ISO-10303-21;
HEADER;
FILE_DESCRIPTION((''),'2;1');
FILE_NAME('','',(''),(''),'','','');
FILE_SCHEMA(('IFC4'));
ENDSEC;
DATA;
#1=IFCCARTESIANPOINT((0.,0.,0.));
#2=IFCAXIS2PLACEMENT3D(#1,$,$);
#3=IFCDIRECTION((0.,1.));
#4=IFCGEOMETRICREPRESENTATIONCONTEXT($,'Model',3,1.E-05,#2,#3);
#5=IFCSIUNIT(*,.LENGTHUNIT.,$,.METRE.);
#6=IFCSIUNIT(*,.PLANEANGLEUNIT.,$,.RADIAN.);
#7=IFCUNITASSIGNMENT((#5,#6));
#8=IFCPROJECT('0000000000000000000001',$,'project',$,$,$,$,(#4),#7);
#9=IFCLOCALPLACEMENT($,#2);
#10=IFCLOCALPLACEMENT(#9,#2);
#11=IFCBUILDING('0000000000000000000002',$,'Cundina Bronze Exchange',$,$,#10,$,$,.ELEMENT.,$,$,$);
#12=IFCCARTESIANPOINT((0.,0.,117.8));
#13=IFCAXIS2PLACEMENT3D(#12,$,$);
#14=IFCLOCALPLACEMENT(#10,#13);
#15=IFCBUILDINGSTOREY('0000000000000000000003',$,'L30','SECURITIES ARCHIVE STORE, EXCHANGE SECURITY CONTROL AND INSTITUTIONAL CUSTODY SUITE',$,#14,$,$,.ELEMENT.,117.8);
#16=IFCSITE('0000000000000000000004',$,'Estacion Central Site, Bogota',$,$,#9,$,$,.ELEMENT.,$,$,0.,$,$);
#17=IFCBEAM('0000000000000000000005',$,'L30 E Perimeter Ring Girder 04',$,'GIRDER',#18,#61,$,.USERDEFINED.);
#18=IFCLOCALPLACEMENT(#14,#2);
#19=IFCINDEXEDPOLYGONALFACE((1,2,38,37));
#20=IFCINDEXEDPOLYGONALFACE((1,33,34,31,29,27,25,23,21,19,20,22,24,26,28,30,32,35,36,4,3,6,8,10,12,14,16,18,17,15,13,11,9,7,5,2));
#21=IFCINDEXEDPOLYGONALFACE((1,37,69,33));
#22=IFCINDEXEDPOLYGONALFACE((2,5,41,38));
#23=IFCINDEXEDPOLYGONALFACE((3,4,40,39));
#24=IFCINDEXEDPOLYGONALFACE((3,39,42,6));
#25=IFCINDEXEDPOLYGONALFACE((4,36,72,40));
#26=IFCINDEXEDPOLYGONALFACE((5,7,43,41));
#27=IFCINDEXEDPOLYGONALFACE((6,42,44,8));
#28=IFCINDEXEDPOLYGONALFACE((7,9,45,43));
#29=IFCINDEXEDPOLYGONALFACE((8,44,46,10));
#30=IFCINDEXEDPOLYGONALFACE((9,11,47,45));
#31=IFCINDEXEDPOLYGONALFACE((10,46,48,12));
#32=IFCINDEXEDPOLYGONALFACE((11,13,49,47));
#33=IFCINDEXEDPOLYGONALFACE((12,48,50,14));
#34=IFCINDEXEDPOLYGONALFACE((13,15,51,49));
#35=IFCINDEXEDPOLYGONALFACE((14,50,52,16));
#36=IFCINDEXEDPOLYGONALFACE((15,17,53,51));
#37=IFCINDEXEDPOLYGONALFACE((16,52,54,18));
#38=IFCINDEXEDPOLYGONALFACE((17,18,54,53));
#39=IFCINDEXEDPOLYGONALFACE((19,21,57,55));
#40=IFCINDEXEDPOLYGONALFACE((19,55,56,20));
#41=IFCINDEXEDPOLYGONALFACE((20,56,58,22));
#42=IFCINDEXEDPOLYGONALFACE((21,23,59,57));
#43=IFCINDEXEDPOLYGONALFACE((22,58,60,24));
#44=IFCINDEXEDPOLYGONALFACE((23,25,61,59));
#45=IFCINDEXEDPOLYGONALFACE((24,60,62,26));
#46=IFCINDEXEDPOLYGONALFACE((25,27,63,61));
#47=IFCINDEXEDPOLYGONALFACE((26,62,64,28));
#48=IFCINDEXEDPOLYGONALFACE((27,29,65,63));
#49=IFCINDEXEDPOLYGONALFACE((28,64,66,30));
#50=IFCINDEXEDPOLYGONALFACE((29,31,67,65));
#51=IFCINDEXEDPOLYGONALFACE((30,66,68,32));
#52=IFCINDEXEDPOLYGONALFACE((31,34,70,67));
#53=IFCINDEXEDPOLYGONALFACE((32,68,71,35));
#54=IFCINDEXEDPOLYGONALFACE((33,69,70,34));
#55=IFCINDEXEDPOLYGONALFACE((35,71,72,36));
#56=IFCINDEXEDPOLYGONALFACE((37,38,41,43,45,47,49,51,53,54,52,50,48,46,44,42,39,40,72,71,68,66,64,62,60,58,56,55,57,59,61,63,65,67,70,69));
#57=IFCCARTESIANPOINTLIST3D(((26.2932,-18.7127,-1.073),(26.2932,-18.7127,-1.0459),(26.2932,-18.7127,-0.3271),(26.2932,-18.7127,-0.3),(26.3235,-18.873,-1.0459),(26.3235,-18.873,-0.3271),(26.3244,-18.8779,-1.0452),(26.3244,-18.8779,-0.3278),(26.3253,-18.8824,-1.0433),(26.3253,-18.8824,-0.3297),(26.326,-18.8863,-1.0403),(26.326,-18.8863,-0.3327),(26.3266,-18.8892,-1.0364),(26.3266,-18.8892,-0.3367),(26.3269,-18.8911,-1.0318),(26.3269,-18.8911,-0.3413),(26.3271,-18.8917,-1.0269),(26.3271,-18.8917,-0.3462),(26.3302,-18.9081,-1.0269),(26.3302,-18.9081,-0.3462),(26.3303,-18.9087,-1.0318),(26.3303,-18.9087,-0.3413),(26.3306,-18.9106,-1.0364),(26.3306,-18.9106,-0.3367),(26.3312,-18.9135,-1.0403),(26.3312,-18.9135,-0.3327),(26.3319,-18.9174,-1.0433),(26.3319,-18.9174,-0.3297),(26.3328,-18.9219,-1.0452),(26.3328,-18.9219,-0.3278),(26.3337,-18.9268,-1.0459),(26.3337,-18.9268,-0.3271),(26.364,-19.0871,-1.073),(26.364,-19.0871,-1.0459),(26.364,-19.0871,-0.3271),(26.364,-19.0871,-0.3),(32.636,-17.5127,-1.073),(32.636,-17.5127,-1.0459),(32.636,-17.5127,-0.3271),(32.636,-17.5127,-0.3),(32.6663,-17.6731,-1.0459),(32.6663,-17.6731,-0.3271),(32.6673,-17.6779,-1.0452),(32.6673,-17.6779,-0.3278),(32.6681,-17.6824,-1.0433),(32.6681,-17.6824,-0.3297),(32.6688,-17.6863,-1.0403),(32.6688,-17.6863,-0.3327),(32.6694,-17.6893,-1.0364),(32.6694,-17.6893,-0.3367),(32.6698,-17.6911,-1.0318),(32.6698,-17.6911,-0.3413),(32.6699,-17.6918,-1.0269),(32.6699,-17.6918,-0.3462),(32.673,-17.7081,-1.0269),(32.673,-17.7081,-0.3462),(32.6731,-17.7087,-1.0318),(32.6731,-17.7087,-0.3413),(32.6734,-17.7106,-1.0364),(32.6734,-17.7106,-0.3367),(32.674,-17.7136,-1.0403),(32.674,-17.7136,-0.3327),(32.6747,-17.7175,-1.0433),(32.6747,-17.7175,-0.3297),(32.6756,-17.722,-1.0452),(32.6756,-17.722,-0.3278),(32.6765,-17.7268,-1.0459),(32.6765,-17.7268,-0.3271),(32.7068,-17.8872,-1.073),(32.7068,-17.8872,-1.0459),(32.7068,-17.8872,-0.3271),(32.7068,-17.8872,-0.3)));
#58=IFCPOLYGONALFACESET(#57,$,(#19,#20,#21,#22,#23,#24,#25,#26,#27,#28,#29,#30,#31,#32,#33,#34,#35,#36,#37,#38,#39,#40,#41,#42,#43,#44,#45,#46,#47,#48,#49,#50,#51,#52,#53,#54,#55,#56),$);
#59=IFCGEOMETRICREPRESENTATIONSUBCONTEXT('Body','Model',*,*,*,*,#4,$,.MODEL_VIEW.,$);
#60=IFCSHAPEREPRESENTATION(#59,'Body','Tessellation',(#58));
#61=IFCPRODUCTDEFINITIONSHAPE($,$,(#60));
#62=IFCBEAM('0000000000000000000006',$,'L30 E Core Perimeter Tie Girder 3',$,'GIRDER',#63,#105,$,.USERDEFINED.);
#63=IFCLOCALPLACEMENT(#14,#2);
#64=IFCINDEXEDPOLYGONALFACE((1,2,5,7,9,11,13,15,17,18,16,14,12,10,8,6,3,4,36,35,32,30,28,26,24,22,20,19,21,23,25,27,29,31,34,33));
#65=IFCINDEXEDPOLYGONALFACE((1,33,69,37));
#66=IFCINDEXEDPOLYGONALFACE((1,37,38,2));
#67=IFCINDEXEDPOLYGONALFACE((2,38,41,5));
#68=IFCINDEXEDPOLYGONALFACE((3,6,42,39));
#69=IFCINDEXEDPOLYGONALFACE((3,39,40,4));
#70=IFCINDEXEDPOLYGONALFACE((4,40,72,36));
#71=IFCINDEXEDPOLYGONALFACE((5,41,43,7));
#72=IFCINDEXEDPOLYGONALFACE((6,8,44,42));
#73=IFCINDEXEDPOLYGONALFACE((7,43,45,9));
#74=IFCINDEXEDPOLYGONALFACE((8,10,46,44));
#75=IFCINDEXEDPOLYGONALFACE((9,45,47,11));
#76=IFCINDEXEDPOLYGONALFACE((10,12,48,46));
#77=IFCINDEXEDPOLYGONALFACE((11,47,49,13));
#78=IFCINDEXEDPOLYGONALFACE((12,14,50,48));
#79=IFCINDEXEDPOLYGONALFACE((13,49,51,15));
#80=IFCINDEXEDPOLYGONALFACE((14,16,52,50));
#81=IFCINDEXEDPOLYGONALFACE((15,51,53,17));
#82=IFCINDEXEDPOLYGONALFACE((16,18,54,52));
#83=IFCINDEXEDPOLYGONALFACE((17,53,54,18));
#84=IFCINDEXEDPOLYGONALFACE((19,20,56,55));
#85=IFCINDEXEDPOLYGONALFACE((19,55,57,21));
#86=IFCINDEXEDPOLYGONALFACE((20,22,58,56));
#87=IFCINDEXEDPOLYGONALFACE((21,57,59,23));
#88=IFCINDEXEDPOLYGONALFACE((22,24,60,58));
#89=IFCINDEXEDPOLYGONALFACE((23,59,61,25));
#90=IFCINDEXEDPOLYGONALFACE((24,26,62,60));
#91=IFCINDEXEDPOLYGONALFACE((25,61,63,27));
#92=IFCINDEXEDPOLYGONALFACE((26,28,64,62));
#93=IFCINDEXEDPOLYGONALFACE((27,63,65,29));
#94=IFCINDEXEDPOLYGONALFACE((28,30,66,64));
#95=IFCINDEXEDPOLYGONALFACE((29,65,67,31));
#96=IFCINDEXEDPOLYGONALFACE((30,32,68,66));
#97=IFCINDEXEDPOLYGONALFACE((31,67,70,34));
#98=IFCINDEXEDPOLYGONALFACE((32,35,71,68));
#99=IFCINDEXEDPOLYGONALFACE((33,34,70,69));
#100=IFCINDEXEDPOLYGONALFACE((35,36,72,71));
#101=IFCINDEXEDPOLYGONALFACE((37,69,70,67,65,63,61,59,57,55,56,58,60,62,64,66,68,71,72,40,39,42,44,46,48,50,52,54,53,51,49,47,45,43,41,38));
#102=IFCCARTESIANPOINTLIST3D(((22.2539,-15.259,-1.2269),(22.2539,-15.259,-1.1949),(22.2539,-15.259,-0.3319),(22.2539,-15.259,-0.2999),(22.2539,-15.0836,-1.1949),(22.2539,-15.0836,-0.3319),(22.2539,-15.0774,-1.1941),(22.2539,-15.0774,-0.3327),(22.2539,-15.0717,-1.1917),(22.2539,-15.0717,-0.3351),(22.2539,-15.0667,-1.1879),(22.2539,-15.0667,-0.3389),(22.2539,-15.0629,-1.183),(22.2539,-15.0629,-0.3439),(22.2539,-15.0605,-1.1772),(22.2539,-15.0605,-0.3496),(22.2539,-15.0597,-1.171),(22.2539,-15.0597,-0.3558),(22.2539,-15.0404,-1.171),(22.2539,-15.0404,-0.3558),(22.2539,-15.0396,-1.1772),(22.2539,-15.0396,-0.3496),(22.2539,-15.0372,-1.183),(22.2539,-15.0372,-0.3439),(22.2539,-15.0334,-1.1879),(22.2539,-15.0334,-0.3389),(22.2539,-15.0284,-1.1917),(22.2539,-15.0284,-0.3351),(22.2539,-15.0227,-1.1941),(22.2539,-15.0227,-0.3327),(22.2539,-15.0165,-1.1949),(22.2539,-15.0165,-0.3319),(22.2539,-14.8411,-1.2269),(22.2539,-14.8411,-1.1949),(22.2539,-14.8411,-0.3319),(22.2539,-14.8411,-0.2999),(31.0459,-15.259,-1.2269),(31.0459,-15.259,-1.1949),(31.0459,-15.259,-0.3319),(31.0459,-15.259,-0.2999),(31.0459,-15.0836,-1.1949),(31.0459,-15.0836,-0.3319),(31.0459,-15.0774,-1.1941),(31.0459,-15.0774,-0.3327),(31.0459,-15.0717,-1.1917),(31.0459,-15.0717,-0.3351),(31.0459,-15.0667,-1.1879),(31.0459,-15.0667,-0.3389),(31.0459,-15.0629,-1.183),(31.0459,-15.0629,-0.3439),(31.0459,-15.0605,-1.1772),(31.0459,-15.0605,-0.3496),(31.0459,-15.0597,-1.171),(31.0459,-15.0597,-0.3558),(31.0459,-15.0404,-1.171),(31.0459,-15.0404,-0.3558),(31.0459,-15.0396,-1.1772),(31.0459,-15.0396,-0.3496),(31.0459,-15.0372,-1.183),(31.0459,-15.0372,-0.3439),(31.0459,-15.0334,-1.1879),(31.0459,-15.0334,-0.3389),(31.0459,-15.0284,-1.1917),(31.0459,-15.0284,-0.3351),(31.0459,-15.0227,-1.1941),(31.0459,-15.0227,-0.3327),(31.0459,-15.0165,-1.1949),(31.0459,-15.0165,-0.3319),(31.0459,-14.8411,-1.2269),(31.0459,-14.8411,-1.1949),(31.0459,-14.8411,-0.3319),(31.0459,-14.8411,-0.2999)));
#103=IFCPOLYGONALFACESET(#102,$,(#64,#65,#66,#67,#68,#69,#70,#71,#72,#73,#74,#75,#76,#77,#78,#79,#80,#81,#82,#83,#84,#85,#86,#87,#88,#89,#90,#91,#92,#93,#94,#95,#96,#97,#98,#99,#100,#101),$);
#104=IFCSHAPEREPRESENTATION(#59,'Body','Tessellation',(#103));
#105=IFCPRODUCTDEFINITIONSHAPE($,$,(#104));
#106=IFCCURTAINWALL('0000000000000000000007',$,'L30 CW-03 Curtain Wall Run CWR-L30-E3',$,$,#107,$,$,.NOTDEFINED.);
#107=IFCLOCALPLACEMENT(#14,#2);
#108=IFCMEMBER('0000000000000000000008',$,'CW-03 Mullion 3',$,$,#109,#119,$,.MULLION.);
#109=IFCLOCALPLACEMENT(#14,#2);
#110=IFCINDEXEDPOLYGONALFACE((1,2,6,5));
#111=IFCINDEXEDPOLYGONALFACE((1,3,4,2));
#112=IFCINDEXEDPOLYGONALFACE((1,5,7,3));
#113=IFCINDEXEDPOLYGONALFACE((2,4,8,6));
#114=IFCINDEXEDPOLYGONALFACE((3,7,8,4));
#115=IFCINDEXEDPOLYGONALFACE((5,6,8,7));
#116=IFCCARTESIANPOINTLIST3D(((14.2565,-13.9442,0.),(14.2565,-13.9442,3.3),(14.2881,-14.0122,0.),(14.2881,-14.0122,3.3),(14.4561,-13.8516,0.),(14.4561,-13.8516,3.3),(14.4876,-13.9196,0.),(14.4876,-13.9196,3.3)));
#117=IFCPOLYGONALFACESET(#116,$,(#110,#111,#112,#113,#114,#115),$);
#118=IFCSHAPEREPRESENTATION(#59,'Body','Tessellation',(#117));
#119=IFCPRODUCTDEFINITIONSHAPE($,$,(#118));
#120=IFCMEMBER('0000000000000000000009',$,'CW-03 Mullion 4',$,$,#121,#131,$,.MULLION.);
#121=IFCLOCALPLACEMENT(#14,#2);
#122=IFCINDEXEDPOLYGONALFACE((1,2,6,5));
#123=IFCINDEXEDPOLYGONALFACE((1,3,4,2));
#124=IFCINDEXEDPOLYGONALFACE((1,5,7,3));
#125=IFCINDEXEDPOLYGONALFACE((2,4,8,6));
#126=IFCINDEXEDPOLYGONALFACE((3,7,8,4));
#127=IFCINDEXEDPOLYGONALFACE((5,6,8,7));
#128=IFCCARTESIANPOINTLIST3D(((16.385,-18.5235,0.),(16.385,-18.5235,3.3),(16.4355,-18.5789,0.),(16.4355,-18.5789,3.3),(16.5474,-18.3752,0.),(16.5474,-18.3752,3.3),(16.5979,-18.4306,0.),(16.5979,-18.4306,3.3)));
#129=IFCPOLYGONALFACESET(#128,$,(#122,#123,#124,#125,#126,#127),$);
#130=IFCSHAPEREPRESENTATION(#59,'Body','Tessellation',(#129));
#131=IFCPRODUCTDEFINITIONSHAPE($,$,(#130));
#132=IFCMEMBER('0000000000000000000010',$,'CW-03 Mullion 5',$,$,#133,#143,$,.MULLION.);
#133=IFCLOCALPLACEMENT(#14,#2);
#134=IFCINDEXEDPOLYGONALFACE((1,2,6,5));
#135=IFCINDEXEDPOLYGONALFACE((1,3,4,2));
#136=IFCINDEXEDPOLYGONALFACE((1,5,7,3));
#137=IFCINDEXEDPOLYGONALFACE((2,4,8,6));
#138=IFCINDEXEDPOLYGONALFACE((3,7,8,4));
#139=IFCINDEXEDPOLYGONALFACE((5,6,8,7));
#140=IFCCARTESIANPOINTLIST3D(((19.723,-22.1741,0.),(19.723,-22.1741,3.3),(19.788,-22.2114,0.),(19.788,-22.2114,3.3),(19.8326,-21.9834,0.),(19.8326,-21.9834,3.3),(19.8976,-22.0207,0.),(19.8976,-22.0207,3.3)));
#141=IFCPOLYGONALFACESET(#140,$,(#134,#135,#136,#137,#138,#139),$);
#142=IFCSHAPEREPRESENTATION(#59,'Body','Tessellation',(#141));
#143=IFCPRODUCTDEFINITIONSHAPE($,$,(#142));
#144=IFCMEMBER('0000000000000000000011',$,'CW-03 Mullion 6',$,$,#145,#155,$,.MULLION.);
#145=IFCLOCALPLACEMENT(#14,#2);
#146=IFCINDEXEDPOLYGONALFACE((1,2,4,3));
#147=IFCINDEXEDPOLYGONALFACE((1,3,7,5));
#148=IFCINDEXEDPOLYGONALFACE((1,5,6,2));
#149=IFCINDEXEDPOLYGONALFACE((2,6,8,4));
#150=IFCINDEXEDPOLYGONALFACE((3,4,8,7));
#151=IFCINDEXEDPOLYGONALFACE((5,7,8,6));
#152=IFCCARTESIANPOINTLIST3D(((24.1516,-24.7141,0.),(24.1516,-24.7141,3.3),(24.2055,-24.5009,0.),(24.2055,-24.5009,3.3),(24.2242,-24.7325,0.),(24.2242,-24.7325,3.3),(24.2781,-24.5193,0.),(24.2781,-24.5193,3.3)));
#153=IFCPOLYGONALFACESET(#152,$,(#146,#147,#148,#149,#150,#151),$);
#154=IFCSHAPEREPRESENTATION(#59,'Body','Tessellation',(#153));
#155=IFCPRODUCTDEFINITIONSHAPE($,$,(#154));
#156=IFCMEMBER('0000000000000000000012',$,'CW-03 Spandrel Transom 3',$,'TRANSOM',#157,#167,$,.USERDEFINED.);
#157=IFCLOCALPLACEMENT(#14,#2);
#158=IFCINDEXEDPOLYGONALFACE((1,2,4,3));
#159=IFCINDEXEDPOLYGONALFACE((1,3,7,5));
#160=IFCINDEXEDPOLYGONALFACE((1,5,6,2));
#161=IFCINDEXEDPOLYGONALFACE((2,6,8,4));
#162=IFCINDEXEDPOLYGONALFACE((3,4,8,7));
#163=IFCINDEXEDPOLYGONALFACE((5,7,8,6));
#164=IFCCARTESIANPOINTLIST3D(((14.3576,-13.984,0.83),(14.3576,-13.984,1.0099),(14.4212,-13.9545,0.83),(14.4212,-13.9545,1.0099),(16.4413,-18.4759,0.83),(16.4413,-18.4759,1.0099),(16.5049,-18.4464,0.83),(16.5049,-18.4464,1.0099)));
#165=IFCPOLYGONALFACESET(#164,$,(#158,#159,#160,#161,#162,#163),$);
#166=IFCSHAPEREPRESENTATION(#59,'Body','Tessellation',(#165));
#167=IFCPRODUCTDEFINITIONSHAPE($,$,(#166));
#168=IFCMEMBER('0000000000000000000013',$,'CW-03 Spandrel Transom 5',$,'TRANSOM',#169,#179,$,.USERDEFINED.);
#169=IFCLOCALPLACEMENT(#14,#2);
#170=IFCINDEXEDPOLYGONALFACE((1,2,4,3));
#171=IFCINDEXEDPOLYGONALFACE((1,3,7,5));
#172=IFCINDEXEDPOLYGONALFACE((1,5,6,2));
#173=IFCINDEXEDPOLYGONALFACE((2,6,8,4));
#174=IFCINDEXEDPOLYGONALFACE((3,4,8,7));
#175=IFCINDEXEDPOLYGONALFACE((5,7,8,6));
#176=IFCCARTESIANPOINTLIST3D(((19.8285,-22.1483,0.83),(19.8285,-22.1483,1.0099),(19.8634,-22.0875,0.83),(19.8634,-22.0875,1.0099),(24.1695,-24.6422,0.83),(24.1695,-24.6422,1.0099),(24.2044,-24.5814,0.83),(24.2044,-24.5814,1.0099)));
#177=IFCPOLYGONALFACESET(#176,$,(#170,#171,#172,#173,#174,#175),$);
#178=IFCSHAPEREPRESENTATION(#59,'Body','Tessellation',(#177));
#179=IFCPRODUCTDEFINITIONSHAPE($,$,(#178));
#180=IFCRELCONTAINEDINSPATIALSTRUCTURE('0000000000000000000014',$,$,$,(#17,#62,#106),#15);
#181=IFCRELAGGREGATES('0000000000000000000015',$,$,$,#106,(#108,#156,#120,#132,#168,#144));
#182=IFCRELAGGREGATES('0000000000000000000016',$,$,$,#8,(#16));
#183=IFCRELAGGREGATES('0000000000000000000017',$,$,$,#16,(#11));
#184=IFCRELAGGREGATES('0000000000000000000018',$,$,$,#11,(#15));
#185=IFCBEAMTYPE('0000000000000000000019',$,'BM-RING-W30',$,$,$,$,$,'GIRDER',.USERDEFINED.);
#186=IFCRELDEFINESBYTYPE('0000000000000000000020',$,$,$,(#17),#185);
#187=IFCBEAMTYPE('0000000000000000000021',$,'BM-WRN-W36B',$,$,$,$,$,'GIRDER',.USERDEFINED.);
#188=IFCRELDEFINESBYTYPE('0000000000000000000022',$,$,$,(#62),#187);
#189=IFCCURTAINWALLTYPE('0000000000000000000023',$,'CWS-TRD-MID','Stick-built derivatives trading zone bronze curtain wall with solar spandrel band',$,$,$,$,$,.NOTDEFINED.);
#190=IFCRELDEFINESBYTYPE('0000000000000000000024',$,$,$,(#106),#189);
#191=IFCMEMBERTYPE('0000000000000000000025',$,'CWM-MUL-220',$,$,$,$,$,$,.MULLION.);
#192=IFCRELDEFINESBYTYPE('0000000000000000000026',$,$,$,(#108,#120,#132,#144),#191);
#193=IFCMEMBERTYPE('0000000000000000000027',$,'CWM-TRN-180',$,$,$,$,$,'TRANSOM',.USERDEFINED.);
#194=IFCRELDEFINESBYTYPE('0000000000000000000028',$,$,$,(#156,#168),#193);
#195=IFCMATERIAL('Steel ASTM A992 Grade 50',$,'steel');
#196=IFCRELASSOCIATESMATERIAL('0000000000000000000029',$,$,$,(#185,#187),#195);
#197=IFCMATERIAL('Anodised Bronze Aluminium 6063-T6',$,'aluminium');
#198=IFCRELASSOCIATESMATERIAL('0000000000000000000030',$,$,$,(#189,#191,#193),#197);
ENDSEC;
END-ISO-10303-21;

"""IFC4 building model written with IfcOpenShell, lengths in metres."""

from ifc_helpers import new_model, si_unit, direction, frame, origin, origin_2d, place, context, subcontext, project, spatial, rectangle, i_section, extrude, material, material_profile, profile_set, type_object, element, aggregate, save


model = new_model("IFC4")

# Units and contexts
model_context = context("Model", 3, precision=1e-05, world=origin(), true_north=direction((0.0, 1.0)))
body_context = subcontext(model_context, "Body", "Model", "MODEL_VIEW")
ifc_project = project(units=[si_unit("LENGTHUNIT", "METRE"), si_unit("PLANEANGLEUNIT", "RADIAN")], contexts=[model_context])

# Site, building, storey
site_placement = place(None, origin())
site = spatial("IfcSite", under=ifc_project, at=site_placement, Name="Estacion Central Site, Bogota", CompositionType="ELEMENT", RefElevation=0.0)
building_placement = place(site_placement, origin())
building = spatial("IfcBuilding", under=site, at=building_placement, Name="Cundina Bronze Exchange", CompositionType="ELEMENT")
storey_placement = place(building_placement, frame((0.0, 0.0, 117.8)))
storey = spatial("IfcBuildingStorey", under=building, at=storey_placement, Name="L30", Description="SECURITIES ARCHIVE STORE, EXCHANGE SECURITY CONTROL AND INSTITUTIONAL CUSTODY SUITE", CompositionType="ELEMENT", Elevation=117.8)

# Shared definitions
ifc_material_1 = material(Name="Steel ASTM A992 Grade 50", Category="steel")

# Beams
ifc_material_profile_1 = material_profile(ifc_material_1, i_section(OverallWidth=0.3811, OverallDepth=0.7729, WebThickness=0.0166, FlangeThickness=0.0271, FilletRadius=0.019, at=origin_2d()), Name="W30X173", Category="steel")
ifc_profile_set_1 = profile_set([ifc_material_profile_1], Name="Steel ASTM A992 Grade 50")
beam_type_1 = type_object("IfcBeamType", Name="BM-RING-W30", ElementType="GIRDER", PredefinedType="USERDEFINED", material=ifc_profile_set_1)
beam_1_placement = place(storey_placement, frame((26.3286, -18.8999, -0.6865), z_axis=(0.982571, 0.185887, 0.0), x_axis=(-0.185887, 0.982571, 0.0)))
element("IfcBeam", 1, at=beam_1_placement, inside=storey, type_object=beam_type_1, Name="L30 E Perimeter Ring Girder 04", ObjectType="GIRDER", PredefinedType="USERDEFINED", context=body_context, shape_type="SweptSolid", body=[
    extrude(i_section(OverallWidth=0.3811, OverallDepth=0.7729, WebThickness=0.0166, FlangeThickness=0.0271, FilletRadius=0.019, at=origin_2d()), origin(), (0.0, 0.0, 1.0), 6.4553),
])
ifc_material_profile_2 = material_profile(ifc_material_1, i_section(OverallWidth=0.418, OverallDepth=0.927, WebThickness=0.0193, FlangeThickness=0.032, FilletRadius=0.0239, at=origin_2d()), Name="W36X231", Category="steel")
ifc_profile_set_2 = profile_set([ifc_material_profile_2], Name="Steel ASTM A992 Grade 50")
beam_type_2 = type_object("IfcBeamType", Name="BM-WRN-W36B", ElementType="GIRDER", PredefinedType="USERDEFINED", material=ifc_profile_set_2)
beam_2_placement = place(storey_placement, frame((22.2539, -15.05, -0.7634), z_axis=(1.0, 0.0, 0.0), x_axis=(0.0, 1.0, 0.0)))
element("IfcBeam", 2, at=beam_2_placement, inside=storey, type_object=beam_type_2, Name="L30 E Core Perimeter Tie Girder 3", ObjectType="GIRDER", PredefinedType="USERDEFINED", context=body_context, shape_type="SweptSolid", body=[
    extrude(i_section(OverallWidth=0.418, OverallDepth=0.927, WebThickness=0.0193, FlangeThickness=0.032, FilletRadius=0.0239, at=origin_2d()), origin(), (0.0, 0.0, 1.0), 8.792),
])

# Curtain wall, members
ifc_material_2 = material(Name="Anodised Bronze Aluminium 6063-T6", Category="aluminium")
curtain_wall_type = type_object("IfcCurtainWallType", Name="CWS-TRD-MID", Description="Stick-built derivatives trading zone bronze curtain wall with solar spandrel band", PredefinedType="NOTDEFINED", material=ifc_material_2)
curtain_wall_placement = place(storey_placement, origin())
curtain_wall = element("IfcCurtainWall", 3, at=curtain_wall_placement, inside=storey, type_object=curtain_wall_type, Name="L30 CW-03 Curtain Wall Run CWR-L30-E3", PredefinedType="NOTDEFINED")
ifc_material_profile_3 = material_profile(ifc_material_2, rectangle(XDim=0.075, YDim=0.22, at=origin_2d()), Name="AL75X220", Category="aluminium")
ifc_profile_set_3 = profile_set([ifc_material_profile_3], Name="Anodised Bronze Aluminium 6063-T6")
member_type_1 = type_object("IfcMemberType", Name="CWM-MUL-220", PredefinedType="MULLION", material=ifc_profile_set_3)
member_1_placement = place(storey_placement, frame((14.3721, -13.9319, 0.0), z_axis=(0.0, 0.0, 1.0), x_axis=(0.420877, -0.907117, 0.0)))
member_1 = element("IfcMember", 4, at=member_1_placement, type_object=member_type_1, Name="CW-03 Mullion 3", PredefinedType="MULLION", context=body_context, shape_type="SweptSolid", body=[
    extrude(rectangle(XDim=0.075, YDim=0.22, at=origin_2d()), origin(), (0.0, 0.0, 1.0), 3.3),
])
member_2_placement = place(storey_placement, frame((16.4915, -18.4771, 0.0), z_axis=(0.0, 0.0, 1.0), x_axis=(0.674302, -0.738455, 0.0)))
member_2 = element("IfcMember", 5, at=member_2_placement, type_object=member_type_1, Name="CW-03 Mullion 4", PredefinedType="MULLION", context=body_context, shape_type="SweptSolid", body=[
    extrude(rectangle(XDim=0.075, YDim=0.22, at=origin_2d()), origin(), (0.0, 0.0, 1.0), 3.3),
])
member_3_placement = place(storey_placement, frame((19.8103, -22.0974, 0.0), z_axis=(0.0, 0.0, 1.0), x_axis=(0.867071, -0.498185, 0.0)))
member_3 = element("IfcMember", 6, at=member_3_placement, type_object=member_type_1, Name="CW-03 Mullion 5", PredefinedType="MULLION", context=body_context, shape_type="SweptSolid", body=[
    extrude(rectangle(XDim=0.075, YDim=0.22, at=origin_2d()), origin(), (0.0, 0.0, 1.0), 3.3),
])
member_4_placement = place(storey_placement, frame((24.2148, -24.6167, 0.0), z_axis=(0.0, 0.0, 1.0), x_axis=(0.969488, -0.245138, 0.0)))
member_4 = element("IfcMember", 7, at=member_4_placement, type_object=member_type_1, Name="CW-03 Mullion 6", PredefinedType="MULLION", context=body_context, shape_type="SweptSolid", body=[
    extrude(rectangle(XDim=0.075, YDim=0.22, at=origin_2d()), origin(), (0.0, 0.0, 1.0), 3.3),
])
ifc_material_profile_4 = material_profile(ifc_material_2, rectangle(XDim=0.0701, YDim=0.1799, at=origin_2d()), Name="AL70X180", Category="aluminium")
ifc_profile_set_4 = profile_set([ifc_material_profile_4], Name="Anodised Bronze Aluminium 6063-T6")
member_type_2 = type_object("IfcMemberType", Name="CWM-TRN-180", ElementType="TRANSOM", PredefinedType="USERDEFINED", material=ifc_profile_set_4)
member_5_placement = place(storey_placement, frame((14.3894, -13.9692, 0.9199), z_axis=(0.420811, -0.907148, 0.0), x_axis=(0.907148, 0.420811, 0.0)))
member_5 = element("IfcMember", 8, at=member_5_placement, type_object=member_type_2, Name="CW-03 Spandrel Transom 3", ObjectType="TRANSOM", PredefinedType="USERDEFINED", context=body_context, shape_type="SweptSolid", body=[
    extrude(rectangle(XDim=0.0701, YDim=0.1799, at=origin_2d()), origin(), (0.0, 0.0, 1.0), 4.9517),
])
member_6_placement = place(storey_placement, frame((19.8459, -22.1179, 0.9199), z_axis=(0.867097, -0.498139, 0.0), x_axis=(0.498139, 0.867097, 0.0)))
member_6 = element("IfcMember", 9, at=member_6_placement, type_object=member_type_2, Name="CW-03 Spandrel Transom 5", ObjectType="TRANSOM", PredefinedType="USERDEFINED", context=body_context, shape_type="SweptSolid", body=[
    extrude(rectangle(XDim=0.0701, YDim=0.1799, at=origin_2d()), origin(), (0.0, 0.0, 1.0), 5.0063),
])
aggregate(curtain_wall, [member_1, member_5, member_2, member_3, member_6, member_4])

save(model, "model.ifc")
